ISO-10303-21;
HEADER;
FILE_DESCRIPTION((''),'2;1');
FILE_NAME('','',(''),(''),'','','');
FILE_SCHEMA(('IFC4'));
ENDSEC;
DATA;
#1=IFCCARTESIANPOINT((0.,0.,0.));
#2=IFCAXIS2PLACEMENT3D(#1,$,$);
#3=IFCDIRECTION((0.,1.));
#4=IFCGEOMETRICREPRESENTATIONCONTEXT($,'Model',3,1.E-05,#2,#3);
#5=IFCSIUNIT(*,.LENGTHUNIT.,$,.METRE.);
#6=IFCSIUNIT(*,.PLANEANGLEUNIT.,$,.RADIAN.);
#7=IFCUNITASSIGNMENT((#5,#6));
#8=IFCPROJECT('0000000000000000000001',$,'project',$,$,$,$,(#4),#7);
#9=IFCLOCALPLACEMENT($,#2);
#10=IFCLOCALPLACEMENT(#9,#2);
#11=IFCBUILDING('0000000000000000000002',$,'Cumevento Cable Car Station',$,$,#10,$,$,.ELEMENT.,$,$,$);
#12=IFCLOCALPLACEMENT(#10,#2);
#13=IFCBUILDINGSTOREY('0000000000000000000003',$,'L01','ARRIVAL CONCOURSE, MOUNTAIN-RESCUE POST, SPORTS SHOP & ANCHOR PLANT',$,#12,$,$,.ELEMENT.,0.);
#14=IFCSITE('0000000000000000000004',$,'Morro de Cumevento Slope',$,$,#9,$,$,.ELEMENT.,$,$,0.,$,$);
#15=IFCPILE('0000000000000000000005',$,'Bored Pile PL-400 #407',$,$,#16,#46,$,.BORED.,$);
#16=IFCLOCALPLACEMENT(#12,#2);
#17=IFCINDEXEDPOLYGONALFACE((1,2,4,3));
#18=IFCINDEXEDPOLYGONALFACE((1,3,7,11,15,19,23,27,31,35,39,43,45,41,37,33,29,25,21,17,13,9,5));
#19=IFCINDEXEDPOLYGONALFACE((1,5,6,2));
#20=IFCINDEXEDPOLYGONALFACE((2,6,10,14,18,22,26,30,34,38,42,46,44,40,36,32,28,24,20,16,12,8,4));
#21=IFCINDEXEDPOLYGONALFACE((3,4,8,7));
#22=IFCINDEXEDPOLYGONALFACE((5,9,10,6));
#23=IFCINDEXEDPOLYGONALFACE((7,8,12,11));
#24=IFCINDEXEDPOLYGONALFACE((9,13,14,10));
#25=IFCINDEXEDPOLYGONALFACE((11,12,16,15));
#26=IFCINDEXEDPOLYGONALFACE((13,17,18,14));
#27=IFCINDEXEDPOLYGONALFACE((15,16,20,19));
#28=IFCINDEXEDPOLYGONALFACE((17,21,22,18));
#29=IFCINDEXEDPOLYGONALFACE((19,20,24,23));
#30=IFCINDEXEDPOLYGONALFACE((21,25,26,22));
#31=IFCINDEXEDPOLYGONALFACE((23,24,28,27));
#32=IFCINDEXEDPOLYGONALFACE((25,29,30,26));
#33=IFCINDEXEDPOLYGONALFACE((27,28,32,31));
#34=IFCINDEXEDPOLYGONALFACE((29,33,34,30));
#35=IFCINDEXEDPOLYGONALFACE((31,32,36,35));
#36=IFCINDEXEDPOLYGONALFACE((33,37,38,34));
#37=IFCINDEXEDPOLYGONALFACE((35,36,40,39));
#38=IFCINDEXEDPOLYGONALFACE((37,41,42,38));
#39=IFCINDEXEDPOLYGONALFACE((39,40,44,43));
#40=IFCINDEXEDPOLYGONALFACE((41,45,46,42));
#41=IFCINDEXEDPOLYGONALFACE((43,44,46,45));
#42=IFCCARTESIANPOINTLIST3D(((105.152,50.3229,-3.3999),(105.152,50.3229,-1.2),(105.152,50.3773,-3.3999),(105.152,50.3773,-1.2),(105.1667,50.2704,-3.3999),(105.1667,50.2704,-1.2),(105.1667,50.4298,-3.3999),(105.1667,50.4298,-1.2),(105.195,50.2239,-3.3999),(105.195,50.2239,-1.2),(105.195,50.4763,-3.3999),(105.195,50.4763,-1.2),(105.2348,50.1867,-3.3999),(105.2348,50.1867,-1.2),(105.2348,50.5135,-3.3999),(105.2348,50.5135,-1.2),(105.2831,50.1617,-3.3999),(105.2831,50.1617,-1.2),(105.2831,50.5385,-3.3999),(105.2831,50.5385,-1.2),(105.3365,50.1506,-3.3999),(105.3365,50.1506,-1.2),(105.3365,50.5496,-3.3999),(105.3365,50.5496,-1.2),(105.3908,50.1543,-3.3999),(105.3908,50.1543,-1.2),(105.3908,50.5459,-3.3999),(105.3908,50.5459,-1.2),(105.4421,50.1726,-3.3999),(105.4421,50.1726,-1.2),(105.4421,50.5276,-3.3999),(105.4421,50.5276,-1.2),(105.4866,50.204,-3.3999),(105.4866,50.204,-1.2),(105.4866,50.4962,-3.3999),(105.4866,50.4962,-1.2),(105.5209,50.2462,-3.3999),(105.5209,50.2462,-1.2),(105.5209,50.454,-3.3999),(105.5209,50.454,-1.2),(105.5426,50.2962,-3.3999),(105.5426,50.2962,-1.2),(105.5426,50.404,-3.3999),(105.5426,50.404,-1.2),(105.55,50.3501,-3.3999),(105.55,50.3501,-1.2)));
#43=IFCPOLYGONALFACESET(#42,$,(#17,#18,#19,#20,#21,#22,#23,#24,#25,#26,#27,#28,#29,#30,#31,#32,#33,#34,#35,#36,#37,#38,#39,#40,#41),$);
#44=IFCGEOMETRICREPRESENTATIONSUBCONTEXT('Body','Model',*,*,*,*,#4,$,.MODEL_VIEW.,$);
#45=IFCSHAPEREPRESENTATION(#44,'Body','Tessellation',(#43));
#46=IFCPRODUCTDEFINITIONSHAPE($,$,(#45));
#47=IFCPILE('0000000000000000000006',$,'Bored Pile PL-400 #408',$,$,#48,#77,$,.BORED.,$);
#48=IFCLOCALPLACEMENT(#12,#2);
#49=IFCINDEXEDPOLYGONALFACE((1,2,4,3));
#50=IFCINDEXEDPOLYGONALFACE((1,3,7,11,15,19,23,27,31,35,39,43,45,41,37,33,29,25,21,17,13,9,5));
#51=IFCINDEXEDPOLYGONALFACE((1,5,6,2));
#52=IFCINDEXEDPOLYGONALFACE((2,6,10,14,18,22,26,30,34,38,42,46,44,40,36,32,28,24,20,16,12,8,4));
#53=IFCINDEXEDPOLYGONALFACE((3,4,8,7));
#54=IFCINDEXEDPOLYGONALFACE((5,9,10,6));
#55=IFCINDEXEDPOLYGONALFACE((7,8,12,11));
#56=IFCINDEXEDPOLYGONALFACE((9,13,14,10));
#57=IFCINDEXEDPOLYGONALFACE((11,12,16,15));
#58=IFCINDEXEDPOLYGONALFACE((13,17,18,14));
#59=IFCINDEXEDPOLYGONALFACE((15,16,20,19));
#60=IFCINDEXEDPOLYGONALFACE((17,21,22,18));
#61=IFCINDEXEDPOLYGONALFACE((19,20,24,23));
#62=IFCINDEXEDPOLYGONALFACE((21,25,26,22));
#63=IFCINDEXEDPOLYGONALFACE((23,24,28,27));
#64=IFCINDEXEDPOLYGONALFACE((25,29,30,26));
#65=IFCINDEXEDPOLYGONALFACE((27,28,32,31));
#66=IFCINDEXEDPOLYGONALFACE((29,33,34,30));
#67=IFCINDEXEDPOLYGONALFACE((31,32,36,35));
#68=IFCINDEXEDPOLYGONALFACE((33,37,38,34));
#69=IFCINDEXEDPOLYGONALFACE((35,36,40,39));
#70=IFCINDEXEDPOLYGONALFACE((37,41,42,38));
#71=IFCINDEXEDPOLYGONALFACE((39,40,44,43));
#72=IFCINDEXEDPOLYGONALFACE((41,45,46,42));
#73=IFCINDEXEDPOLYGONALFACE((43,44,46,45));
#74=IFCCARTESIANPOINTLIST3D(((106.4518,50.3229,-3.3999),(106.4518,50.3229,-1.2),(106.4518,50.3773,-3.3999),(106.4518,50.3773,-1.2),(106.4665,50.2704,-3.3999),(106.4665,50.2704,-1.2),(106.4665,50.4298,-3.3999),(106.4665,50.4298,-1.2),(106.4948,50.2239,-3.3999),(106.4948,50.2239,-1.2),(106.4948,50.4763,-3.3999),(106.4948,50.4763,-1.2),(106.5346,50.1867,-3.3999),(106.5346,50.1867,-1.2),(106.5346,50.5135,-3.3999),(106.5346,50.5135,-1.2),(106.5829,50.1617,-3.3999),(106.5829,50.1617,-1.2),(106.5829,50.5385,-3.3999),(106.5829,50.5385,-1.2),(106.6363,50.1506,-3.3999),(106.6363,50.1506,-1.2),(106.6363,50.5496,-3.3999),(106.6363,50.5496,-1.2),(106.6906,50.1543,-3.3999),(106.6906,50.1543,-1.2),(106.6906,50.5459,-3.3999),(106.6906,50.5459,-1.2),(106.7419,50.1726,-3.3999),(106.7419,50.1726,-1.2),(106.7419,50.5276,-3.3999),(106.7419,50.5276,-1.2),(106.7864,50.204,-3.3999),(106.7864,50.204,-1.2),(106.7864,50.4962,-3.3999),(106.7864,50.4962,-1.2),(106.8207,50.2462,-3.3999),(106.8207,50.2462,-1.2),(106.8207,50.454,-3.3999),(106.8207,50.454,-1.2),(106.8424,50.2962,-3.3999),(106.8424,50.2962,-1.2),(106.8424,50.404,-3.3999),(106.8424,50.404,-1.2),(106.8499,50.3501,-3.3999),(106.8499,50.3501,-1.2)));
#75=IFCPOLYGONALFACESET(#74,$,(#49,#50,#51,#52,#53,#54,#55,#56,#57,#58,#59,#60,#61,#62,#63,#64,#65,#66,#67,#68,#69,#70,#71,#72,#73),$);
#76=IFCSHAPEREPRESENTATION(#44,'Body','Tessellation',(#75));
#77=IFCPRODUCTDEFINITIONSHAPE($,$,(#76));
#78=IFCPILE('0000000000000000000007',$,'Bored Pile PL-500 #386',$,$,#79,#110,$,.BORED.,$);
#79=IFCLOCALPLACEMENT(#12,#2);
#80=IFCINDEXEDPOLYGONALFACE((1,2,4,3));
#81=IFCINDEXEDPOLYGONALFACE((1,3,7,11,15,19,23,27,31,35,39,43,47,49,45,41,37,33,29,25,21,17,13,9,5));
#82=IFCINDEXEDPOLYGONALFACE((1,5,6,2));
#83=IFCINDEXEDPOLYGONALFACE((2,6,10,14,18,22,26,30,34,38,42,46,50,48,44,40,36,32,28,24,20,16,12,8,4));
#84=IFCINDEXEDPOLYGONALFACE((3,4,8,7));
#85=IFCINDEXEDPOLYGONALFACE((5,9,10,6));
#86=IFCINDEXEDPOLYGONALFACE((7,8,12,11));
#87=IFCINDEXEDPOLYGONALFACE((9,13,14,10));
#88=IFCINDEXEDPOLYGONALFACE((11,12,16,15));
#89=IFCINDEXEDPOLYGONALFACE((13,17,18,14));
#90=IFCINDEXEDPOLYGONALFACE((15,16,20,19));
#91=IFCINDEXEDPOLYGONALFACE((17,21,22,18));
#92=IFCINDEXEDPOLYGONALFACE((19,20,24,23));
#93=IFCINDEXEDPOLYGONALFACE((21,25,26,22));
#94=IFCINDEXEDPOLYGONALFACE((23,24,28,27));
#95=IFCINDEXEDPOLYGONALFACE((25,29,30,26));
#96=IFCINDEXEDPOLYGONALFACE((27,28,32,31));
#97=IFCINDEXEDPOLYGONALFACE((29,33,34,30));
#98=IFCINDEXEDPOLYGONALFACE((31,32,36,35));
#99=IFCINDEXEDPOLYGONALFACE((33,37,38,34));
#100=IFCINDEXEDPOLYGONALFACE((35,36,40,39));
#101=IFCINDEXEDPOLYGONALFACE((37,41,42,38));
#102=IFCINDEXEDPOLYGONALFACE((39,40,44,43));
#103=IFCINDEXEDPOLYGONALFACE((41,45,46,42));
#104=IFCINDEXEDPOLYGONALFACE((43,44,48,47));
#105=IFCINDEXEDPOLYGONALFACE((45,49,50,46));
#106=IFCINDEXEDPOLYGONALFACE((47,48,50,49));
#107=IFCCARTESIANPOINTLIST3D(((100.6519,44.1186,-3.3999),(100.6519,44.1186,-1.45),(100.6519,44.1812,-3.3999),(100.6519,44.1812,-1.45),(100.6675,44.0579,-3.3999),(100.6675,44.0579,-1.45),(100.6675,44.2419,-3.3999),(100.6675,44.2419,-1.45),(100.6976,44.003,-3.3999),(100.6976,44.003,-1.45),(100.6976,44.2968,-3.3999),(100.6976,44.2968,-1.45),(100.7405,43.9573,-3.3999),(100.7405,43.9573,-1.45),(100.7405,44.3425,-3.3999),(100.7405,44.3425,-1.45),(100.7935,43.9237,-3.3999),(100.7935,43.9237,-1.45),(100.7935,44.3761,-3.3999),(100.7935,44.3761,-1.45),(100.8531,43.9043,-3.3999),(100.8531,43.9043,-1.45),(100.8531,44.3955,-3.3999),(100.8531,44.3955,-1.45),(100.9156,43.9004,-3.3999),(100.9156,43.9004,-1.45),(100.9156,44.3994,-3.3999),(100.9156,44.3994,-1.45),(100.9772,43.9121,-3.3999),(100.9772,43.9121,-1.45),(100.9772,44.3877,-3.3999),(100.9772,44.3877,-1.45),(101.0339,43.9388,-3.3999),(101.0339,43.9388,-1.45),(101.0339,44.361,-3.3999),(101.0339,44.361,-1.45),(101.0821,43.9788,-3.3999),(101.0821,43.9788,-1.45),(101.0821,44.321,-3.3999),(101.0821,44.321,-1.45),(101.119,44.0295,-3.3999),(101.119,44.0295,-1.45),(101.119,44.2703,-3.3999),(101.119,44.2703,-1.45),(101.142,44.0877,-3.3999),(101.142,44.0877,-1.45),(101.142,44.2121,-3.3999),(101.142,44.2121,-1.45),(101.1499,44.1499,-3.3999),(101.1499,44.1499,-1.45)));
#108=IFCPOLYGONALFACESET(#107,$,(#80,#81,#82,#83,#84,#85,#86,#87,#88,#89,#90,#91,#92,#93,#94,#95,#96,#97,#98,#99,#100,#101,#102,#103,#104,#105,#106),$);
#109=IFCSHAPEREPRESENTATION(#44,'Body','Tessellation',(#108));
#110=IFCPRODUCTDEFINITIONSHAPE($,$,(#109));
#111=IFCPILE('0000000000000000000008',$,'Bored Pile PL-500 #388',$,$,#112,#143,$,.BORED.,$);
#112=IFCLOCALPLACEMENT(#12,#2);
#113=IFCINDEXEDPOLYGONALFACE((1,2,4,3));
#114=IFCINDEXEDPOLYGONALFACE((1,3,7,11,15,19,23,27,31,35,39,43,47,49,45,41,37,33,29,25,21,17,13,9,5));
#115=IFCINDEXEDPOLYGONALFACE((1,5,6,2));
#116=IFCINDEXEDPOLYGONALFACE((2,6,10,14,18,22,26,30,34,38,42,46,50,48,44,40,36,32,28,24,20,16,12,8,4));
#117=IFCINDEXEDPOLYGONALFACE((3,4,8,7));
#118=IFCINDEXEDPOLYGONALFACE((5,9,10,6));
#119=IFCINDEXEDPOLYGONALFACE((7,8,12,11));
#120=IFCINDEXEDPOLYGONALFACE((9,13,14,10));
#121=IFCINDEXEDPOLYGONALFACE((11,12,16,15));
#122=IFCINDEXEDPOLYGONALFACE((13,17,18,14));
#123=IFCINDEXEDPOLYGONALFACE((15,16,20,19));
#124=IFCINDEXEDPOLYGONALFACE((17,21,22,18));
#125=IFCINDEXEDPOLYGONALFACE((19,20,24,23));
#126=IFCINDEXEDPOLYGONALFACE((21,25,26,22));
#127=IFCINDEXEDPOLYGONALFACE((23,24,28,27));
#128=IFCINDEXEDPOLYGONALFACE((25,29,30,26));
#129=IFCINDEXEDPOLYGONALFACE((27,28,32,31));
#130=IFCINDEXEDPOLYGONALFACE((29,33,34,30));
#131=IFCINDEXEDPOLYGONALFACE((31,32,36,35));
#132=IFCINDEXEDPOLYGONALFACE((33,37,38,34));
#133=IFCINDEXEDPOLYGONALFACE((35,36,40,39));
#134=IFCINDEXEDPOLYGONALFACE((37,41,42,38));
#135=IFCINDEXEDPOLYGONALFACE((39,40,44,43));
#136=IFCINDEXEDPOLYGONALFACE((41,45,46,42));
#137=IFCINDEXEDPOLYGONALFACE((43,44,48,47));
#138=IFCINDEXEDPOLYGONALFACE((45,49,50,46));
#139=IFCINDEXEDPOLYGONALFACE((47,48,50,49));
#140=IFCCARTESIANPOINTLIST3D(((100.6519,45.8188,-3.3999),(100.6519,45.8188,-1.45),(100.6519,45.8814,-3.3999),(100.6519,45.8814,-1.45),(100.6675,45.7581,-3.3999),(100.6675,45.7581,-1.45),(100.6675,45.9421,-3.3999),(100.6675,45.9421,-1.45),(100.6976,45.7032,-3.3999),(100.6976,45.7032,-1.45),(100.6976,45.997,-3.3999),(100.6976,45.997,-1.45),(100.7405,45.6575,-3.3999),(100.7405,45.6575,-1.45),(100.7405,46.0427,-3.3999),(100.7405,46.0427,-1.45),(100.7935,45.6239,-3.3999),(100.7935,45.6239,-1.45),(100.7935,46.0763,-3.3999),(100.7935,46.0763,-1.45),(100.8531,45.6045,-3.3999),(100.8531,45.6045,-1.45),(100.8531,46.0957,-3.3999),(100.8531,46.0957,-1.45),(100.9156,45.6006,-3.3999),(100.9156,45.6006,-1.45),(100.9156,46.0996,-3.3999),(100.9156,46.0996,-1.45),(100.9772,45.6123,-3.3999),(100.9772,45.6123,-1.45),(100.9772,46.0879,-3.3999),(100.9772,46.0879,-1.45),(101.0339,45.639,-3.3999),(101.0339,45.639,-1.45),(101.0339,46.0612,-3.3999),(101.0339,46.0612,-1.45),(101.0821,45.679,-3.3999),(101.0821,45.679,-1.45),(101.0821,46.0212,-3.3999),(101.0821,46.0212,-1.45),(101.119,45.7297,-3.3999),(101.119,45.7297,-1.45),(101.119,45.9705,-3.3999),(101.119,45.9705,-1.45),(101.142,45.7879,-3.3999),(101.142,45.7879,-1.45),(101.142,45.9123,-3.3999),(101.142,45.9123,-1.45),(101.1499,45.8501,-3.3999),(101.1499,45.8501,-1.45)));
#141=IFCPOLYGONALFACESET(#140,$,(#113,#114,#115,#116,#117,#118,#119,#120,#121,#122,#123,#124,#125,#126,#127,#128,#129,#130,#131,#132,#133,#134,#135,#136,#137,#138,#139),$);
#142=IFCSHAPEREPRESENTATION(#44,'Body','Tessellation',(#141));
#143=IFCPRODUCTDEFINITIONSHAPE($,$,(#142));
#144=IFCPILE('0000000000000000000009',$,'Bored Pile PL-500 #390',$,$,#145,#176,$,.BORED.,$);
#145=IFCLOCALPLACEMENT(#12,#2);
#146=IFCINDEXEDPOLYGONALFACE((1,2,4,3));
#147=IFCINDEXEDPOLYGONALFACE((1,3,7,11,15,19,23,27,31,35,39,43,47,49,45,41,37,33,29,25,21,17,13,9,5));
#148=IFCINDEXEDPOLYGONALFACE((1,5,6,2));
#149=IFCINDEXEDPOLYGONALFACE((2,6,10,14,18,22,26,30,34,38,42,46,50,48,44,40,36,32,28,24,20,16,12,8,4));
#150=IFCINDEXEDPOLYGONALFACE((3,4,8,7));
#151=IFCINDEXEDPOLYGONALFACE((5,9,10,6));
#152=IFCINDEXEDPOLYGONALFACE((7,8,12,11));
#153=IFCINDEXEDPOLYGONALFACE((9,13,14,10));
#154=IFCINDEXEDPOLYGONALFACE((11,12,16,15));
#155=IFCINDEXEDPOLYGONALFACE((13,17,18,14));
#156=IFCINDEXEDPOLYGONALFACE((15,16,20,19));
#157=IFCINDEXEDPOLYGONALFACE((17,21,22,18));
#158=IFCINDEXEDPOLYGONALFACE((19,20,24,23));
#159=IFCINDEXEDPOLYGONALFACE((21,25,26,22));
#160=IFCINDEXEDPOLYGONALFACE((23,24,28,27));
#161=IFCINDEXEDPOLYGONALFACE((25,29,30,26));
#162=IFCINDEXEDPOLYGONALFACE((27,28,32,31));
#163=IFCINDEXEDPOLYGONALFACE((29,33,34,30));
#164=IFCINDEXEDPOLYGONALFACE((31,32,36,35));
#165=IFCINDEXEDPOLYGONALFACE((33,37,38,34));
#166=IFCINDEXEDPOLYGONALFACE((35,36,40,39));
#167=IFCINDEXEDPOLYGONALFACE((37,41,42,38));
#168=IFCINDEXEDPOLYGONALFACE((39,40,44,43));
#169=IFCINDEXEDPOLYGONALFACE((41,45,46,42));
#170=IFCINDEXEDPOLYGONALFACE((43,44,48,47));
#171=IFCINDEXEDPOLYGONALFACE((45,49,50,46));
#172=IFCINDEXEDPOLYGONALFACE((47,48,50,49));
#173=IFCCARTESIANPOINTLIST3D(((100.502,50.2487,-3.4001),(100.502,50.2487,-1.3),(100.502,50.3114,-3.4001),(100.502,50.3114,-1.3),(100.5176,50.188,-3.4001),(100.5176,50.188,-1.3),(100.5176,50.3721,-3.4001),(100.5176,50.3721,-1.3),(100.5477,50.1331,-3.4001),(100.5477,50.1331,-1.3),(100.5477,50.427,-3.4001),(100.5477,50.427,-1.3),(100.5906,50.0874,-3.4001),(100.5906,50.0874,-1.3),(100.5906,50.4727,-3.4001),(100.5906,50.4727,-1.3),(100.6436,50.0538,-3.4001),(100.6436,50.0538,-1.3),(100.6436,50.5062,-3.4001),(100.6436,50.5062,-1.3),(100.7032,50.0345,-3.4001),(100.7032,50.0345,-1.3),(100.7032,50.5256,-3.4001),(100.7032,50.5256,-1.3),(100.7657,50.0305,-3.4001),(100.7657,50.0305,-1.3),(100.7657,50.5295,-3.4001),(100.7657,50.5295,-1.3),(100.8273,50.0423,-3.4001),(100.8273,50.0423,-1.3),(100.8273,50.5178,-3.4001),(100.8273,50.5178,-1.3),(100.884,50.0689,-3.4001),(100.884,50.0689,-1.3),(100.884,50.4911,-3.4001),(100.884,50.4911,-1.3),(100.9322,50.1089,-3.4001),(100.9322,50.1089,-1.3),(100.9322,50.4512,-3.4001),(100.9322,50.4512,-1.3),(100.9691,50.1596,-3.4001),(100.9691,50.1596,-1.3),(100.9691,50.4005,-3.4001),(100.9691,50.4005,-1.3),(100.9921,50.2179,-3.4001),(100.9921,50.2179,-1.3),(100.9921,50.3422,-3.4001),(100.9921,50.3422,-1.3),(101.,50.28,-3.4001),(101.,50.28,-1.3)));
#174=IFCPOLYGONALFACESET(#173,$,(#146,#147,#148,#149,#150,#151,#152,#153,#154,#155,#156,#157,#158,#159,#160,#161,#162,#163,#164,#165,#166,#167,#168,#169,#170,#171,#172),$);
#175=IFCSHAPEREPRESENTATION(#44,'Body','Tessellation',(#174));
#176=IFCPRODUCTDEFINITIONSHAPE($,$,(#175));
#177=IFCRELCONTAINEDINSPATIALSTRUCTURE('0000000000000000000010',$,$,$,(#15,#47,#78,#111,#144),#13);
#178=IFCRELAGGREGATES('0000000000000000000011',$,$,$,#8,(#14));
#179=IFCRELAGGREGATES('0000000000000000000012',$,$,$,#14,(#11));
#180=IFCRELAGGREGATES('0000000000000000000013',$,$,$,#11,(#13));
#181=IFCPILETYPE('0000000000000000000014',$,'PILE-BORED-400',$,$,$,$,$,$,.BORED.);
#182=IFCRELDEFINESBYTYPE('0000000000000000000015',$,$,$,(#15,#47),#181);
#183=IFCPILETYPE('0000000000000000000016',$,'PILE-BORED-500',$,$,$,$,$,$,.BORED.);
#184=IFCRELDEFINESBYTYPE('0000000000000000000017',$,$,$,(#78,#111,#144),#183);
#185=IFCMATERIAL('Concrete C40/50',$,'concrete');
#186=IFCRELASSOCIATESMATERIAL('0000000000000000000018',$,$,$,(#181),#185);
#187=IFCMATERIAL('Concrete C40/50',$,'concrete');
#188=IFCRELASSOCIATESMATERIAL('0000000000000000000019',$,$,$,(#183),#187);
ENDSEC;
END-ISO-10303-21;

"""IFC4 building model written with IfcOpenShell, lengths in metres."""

from ifc_helpers import new_model, si_unit, direction, frame, origin, origin_2d, place, context, subcontext, project, spatial, circle, extrude, material, material_profile, profile_set, type_object, element, save


model = new_model("IFC4")

# Units and contexts
model_context = context("Model", 3, precision=1e-05, world=origin(), true_north=direction((0.0, 1.0)))
body_context = subcontext(model_context, "Body", "Model", "MODEL_VIEW")
ifc_project = project(units=[si_unit("LENGTHUNIT", "METRE"), si_unit("PLANEANGLEUNIT", "RADIAN")], contexts=[model_context])

# Site, building, storey
site_placement = place(None, origin())
site = spatial("IfcSite", under=ifc_project, at=site_placement, Name="Morro de Cumevento Slope", CompositionType="ELEMENT", RefElevation=0.0)
building_placement = place(site_placement, origin())
building = spatial("IfcBuilding", under=site, at=building_placement, Name="Cumevento Cable Car Station", CompositionType="ELEMENT")
storey_placement = place(building_placement, origin())
storey = spatial("IfcBuildingStorey", under=building, at=storey_placement, Name="L01", Description="ARRIVAL CONCOURSE, MOUNTAIN-RESCUE POST, SPORTS SHOP & ANCHOR PLANT", CompositionType="ELEMENT", Elevation=0.0)

# Piles
ifc_material_1 = material(Name="Concrete C40/50", Category="concrete")
ifc_material_profile_1 = material_profile(ifc_material_1, circle(Radius=0.2, at=origin_2d()), Name="PILE-D400")
ifc_profile_set_1 = profile_set([ifc_material_profile_1], Name="Concrete C40/50")
pile_type_1 = type_object("IfcPileType", Name="PILE-BORED-400", PredefinedType="BORED", material=ifc_profile_set_1)
for number, where, z_axis, x_axis, name in (
    (1, (105.3501, 50.3501, -1.2), (0.0, 0.0, -1.0), (1.0, 0.0, 0.0), "Bored Pile PL-400 #407"),
    (2, (106.6499, 50.3501, -1.2), (0.0, 0.0, -1.0), (1.0, 0.0, 0.0), "Bored Pile PL-400 #408"),
):
    element("IfcPile", number, at=place(storey_placement, frame(where, z_axis=z_axis, x_axis=x_axis)), inside=storey, type_object=pile_type_1, Name=name, PredefinedType="BORED", context=body_context, shape_type="SweptSolid", body=[
        extrude(circle(Radius=0.2, at=origin_2d()), origin(), (0.0, 0.0, 1.0), 2.2),
    ])
ifc_material_2 = material(Name="Concrete C40/50", Category="concrete")
ifc_material_profile_2 = material_profile(ifc_material_2, circle(Radius=0.25, at=origin_2d()), Name="PILE-D500")
ifc_profile_set_2 = profile_set([ifc_material_profile_2], Name="Concrete C40/50")
pile_type_2 = type_object("IfcPileType", Name="PILE-BORED-500", PredefinedType="BORED", material=ifc_profile_set_2)
for number, where, z_axis, x_axis, name in (
    (3, (100.8999, 44.1499, -1.45), (0.0, 0.0, -1.0), (1.0, 0.0, 0.0), "Bored Pile PL-500 #386"),
    (4, (100.8999, 45.8501, -1.45), (0.0, 0.0, -1.0), (1.0, 0.0, 0.0), "Bored Pile PL-500 #388"),
):
    element("IfcPile", number, at=place(storey_placement, frame(where, z_axis=z_axis, x_axis=x_axis)), inside=storey, type_object=pile_type_2, Name=name, PredefinedType="BORED", context=body_context, shape_type="SweptSolid", body=[
        extrude(circle(Radius=0.25, at=origin_2d()), origin(), (0.0, 0.0, 1.0), 1.95),
    ])
pile_1_placement = place(storey_placement, frame((100.75, 50.28, -1.3), z_axis=(0.0, 0.0, -1.0), x_axis=(1.0, 0.0, 0.0)))
element("IfcPile", 5, at=pile_1_placement, inside=storey, type_object=pile_type_2, Name="Bored Pile PL-500 #390", PredefinedType="BORED", context=body_context, shape_type="SweptSolid", body=[
    extrude(circle(Radius=0.25, at=origin_2d()), origin(), (0.0, 0.0, 1.0), 2.1001),
])

save(model, "model.ifc")
